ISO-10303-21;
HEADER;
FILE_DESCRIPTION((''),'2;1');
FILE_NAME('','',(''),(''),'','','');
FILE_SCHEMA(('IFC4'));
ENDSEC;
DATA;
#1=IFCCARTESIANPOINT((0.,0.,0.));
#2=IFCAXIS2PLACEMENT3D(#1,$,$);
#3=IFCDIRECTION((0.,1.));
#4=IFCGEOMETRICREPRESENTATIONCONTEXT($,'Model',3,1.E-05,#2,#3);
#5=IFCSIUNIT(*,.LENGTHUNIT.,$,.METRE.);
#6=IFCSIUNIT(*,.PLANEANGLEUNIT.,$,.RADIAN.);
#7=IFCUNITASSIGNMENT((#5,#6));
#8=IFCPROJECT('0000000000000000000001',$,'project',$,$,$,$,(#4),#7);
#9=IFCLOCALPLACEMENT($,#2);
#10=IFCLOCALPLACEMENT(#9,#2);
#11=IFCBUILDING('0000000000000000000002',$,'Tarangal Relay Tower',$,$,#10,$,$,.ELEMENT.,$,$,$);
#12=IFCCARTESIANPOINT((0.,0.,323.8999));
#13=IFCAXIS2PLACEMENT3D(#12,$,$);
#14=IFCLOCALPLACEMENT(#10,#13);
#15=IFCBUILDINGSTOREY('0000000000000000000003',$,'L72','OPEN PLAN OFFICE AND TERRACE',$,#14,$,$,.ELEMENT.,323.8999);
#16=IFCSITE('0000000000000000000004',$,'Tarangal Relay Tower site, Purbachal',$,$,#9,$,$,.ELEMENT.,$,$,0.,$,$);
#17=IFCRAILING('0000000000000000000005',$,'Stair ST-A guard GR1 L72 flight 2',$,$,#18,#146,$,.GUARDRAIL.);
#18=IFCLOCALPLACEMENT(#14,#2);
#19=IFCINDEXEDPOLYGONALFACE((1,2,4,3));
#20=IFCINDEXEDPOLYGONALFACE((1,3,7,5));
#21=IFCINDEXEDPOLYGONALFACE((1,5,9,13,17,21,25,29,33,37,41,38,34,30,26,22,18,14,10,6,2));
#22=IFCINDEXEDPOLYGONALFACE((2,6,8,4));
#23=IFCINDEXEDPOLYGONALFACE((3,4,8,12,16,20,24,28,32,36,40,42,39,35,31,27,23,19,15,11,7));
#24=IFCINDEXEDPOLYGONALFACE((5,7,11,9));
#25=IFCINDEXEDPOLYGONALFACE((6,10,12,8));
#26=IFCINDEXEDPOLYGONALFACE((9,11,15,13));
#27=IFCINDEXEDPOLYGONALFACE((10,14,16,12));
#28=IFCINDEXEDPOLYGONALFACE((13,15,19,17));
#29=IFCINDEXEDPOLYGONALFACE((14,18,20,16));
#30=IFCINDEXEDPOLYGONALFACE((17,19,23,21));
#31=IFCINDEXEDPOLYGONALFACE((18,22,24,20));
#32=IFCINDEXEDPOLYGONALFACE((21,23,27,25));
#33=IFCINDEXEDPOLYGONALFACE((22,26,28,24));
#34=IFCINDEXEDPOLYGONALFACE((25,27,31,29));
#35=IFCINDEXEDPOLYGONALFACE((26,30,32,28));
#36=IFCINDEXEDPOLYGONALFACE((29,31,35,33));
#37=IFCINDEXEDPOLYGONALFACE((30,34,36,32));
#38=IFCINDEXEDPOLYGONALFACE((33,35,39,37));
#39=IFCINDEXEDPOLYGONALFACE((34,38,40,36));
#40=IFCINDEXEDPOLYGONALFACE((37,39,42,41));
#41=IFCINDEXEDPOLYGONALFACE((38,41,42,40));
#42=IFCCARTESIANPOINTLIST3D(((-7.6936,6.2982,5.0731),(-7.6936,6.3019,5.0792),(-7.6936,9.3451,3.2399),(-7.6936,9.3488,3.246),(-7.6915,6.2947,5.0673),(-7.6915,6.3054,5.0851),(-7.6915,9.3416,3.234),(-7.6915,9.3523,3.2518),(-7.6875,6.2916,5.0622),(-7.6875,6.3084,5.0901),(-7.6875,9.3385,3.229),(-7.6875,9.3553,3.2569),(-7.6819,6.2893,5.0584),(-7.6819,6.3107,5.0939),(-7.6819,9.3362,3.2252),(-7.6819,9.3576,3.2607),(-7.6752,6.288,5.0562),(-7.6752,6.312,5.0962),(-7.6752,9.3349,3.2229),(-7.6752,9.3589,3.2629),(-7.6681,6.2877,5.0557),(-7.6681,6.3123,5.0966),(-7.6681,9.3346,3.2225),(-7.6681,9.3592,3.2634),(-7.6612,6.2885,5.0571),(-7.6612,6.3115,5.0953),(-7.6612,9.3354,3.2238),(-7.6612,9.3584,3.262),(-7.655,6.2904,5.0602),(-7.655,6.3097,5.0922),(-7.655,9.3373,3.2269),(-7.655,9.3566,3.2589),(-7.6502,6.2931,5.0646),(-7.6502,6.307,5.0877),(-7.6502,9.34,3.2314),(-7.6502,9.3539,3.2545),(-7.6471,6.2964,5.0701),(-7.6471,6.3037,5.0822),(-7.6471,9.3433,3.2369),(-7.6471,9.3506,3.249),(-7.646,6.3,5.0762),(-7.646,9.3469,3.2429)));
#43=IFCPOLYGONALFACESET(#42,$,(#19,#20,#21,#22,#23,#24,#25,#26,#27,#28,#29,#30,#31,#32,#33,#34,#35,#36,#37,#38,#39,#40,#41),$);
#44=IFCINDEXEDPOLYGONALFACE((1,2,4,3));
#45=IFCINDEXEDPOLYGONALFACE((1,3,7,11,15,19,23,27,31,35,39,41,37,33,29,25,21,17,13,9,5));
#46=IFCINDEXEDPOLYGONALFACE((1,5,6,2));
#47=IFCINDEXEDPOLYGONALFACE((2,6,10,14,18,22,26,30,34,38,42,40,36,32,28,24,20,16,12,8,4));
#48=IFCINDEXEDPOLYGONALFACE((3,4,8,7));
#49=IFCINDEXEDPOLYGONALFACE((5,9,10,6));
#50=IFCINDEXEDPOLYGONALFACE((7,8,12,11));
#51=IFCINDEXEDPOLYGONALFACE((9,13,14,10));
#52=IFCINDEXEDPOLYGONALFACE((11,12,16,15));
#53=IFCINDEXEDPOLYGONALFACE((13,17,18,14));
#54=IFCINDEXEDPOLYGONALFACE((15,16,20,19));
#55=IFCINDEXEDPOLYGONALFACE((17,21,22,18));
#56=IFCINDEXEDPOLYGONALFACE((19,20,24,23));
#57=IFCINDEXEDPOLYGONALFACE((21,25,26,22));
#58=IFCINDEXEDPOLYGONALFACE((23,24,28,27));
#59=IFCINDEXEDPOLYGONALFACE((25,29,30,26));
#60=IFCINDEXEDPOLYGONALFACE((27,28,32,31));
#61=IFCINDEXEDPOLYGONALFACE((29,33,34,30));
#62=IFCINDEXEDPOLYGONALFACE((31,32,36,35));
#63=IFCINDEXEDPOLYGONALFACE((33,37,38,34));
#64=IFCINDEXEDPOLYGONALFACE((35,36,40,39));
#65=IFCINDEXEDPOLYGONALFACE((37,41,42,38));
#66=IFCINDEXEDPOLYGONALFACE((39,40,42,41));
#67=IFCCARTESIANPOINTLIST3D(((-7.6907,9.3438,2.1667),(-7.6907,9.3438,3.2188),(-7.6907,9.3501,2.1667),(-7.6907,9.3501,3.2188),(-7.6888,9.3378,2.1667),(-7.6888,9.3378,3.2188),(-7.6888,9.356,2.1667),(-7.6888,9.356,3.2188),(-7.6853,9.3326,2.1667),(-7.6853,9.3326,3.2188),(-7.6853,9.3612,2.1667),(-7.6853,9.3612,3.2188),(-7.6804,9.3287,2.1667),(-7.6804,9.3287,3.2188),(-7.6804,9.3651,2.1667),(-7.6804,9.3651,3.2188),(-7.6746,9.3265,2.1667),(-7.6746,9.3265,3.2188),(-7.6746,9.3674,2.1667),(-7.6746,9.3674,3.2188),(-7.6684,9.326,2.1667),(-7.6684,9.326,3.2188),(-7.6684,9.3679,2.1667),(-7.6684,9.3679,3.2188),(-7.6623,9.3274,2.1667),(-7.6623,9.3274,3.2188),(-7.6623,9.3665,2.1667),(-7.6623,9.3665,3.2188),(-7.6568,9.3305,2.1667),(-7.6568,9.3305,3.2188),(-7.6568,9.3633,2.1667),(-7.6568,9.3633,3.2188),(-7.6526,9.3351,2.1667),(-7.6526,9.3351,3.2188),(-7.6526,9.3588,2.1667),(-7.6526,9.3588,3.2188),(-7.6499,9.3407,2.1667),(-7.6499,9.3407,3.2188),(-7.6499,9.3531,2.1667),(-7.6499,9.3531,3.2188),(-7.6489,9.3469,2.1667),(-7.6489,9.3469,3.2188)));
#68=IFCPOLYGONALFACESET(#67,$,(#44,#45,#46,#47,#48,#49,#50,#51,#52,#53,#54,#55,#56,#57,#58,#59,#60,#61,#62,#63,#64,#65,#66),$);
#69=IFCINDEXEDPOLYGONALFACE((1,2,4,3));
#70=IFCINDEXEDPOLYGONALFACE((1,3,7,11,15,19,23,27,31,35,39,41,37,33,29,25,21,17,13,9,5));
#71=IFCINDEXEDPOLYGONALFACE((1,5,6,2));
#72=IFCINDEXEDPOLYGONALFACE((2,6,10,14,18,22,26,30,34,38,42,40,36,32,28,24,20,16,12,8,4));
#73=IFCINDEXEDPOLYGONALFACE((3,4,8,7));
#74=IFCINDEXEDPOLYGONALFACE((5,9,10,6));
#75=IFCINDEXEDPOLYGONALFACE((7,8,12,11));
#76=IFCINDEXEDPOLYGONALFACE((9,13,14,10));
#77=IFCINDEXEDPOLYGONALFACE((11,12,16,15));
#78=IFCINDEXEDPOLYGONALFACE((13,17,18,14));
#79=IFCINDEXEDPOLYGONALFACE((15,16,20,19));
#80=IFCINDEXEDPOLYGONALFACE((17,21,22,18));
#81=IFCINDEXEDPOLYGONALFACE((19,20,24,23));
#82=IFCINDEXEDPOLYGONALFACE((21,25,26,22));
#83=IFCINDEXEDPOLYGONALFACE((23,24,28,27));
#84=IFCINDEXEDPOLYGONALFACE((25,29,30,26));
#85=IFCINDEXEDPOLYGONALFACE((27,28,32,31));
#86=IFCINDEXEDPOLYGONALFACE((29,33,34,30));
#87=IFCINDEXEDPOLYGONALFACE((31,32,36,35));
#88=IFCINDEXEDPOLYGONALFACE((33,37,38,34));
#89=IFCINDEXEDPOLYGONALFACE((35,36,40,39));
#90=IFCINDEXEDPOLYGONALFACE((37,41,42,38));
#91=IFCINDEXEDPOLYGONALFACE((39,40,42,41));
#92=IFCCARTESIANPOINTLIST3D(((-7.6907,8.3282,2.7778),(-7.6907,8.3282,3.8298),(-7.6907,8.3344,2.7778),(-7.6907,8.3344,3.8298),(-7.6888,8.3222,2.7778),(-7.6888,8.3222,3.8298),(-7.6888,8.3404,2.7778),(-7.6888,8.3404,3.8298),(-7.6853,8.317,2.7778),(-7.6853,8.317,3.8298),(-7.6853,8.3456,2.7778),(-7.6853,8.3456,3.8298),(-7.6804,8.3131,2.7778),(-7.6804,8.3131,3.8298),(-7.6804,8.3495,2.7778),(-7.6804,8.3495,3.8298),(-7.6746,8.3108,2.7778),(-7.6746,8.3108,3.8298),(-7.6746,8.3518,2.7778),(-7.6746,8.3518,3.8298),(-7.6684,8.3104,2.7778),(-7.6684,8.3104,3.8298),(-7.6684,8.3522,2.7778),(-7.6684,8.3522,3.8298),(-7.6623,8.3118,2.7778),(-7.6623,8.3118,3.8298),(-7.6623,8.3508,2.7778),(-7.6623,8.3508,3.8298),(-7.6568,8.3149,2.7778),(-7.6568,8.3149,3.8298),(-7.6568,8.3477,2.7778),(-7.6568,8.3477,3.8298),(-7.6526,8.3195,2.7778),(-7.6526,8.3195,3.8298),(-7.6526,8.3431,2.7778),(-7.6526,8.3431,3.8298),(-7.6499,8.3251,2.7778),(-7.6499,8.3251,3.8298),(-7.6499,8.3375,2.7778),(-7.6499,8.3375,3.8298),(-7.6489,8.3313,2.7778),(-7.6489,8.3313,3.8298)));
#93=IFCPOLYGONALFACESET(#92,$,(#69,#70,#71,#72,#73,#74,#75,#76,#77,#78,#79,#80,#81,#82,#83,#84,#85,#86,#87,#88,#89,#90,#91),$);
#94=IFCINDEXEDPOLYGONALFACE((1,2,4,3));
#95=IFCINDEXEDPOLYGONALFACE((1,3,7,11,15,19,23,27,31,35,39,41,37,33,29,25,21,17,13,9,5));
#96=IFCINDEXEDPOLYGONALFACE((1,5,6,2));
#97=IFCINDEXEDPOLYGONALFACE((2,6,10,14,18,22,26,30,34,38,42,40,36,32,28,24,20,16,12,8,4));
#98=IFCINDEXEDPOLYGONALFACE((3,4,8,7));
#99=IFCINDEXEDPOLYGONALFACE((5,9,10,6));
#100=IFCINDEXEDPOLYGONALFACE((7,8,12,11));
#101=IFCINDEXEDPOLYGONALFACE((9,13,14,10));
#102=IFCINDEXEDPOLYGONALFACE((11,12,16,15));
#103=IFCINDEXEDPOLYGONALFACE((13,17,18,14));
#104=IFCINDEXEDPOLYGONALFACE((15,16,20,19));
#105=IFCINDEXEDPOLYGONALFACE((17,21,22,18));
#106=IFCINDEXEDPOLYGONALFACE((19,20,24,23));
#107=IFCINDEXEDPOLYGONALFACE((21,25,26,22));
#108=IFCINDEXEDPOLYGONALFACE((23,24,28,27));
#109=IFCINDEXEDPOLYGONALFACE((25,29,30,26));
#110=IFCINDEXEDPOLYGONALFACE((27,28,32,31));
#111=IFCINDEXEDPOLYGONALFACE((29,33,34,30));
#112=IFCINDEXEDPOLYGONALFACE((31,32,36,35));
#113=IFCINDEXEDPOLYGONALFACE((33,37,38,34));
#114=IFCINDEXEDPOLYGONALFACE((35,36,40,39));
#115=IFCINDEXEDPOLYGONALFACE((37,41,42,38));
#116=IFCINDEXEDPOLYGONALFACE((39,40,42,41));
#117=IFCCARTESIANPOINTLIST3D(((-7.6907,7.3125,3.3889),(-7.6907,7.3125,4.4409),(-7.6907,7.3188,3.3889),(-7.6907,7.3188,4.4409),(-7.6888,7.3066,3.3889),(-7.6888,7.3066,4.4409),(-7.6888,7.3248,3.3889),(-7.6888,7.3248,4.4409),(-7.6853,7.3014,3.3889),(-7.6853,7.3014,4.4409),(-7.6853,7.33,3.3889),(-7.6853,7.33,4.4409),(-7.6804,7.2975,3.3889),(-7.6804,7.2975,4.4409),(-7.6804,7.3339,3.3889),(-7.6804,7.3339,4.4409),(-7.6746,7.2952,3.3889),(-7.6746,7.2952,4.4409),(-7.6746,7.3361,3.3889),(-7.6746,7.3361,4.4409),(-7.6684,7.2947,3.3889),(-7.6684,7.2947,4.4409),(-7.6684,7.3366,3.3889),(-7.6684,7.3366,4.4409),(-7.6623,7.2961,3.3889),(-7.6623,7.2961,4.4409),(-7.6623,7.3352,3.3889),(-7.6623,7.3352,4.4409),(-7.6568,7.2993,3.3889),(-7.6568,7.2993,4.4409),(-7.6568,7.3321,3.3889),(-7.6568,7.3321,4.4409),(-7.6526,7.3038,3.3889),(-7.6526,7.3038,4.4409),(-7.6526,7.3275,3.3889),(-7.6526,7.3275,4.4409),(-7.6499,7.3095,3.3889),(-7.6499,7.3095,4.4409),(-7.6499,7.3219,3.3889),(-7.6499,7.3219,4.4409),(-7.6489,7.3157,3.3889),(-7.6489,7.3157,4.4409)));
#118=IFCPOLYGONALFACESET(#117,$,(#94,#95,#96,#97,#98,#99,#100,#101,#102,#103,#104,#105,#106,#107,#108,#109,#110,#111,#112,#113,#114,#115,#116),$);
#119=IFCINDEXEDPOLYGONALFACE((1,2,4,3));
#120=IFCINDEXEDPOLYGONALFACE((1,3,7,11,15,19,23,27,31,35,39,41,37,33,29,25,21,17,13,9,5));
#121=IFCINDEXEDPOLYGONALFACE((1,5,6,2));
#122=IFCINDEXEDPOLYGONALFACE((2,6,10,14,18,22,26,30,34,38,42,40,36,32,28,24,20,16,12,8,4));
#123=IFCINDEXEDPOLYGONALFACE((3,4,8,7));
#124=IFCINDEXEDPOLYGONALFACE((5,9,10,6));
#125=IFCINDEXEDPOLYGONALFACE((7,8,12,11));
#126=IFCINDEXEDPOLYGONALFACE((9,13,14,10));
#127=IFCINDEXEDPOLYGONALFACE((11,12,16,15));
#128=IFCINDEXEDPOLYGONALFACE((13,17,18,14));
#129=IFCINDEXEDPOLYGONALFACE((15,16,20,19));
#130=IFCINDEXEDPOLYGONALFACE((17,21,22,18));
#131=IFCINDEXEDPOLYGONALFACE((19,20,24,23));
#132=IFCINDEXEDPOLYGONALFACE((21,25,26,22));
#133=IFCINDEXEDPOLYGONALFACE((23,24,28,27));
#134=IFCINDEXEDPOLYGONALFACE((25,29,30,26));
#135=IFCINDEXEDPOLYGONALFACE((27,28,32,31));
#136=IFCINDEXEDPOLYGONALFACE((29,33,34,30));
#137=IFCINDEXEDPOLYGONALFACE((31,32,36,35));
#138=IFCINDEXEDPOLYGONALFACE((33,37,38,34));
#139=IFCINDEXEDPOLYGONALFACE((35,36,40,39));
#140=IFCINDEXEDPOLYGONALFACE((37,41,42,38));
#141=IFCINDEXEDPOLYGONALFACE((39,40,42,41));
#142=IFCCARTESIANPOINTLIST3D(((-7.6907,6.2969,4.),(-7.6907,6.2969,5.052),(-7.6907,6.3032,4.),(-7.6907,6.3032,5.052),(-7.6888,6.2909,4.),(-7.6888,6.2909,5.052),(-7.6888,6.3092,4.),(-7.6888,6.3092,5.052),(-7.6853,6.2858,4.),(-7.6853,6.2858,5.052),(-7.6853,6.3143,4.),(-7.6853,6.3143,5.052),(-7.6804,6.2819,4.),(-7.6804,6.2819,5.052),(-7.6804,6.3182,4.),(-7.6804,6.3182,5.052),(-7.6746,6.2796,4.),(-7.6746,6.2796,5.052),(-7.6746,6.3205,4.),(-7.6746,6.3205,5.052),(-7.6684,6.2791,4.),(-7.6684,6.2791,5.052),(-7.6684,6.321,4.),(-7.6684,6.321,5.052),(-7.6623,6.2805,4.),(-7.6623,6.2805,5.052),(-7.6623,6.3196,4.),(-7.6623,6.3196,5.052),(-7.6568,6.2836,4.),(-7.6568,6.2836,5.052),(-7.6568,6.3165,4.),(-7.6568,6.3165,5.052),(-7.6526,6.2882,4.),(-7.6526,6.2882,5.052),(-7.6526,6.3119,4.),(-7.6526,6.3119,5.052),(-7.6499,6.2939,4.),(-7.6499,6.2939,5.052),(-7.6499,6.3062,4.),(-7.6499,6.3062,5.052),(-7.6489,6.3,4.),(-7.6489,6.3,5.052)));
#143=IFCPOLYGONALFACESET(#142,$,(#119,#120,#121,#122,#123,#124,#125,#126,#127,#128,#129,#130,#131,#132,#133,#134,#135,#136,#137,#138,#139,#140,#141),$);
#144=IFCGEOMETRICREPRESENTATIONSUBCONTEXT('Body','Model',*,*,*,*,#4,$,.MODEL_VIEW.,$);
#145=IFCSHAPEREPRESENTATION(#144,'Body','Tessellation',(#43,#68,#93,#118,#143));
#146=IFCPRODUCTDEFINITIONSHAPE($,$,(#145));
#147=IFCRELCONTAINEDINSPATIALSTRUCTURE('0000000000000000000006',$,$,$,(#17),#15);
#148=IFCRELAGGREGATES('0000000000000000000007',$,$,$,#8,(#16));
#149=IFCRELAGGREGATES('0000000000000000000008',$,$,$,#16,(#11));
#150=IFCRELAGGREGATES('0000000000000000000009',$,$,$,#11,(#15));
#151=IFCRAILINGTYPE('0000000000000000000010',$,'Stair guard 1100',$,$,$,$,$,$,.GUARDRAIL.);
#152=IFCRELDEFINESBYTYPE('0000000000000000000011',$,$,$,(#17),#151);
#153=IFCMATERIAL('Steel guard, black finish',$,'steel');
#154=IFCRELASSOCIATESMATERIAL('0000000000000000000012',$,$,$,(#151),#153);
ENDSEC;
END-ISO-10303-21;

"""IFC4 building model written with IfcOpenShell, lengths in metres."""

from ifc_helpers import new_model, si_unit, direction, frame, origin, origin_2d, place, context, subcontext, project, spatial, circle, extrude, material, type_object, element, save


model = new_model("IFC4")

# Units and contexts
model_context = context("Model", 3, precision=1e-05, world=origin(), true_north=direction((0.0, 1.0)))
body_context = subcontext(model_context, "Body", "Model", "MODEL_VIEW")
ifc_project = project(units=[si_unit("LENGTHUNIT", "METRE"), si_unit("PLANEANGLEUNIT", "RADIAN")], contexts=[model_context])

# Site, building, storey
site_placement = place(None, origin())
site = spatial("IfcSite", under=ifc_project, at=site_placement, Name="Tarangal Relay Tower site, Purbachal", CompositionType="ELEMENT", RefElevation=0.0)
building_placement = place(site_placement, origin())
building = spatial("IfcBuilding", under=site, at=building_placement, Name="Tarangal Relay Tower", CompositionType="ELEMENT")
storey_placement = place(building_placement, frame((0.0, 0.0, 323.8999)))
storey = spatial("IfcBuildingStorey", under=building, at=storey_placement, Name="L72", Description="OPEN PLAN OFFICE AND TERRACE", CompositionType="ELEMENT", Elevation=323.8999)

# Railing
ifc_material_1 = material(Name="Steel guard, black finish", Category="steel")
railing_type_1 = type_object("IfcRailingType", Name="Stair guard 1100", PredefinedType="GUARDRAIL", material=ifc_material_1)
railing_1_placement = place(storey_placement, frame((-7.6699, 9.3469, 2.1667)))
element("IfcRailing", 1, at=railing_1_placement, inside=storey, type_object=railing_type_1, Name="Stair ST-A guard GR1 L72 flight 2", PredefinedType="GUARDRAIL", context=body_context, shape_type="SweptSolid", body=[
    extrude(circle(Radius=0.0239, at=origin_2d()), frame((0.0, 0.0, 1.0762), z_axis=(0.0, -0.856856, 0.515556), x_axis=(1.0, 0.0, 0.0)), (0.0, 0.0, 1.0), 3.5559),
    extrude(circle(Radius=0.021, at=origin_2d()), origin(), (0.0, 0.0, 1.0), 1.052),
    extrude(circle(Radius=0.021, at=origin_2d()), frame((0.0, -1.0156, 0.6111)), (0.0, 0.0, 1.0), 1.052),
    extrude(circle(Radius=0.021, at=origin_2d()), frame((0.0, -2.0312, 1.2222)), (0.0, 0.0, 1.0), 1.052),
    extrude(circle(Radius=0.021, at=origin_2d()), frame((0.0, -3.0469, 1.8333)), (0.0, 0.0, 1.0), 1.052),
])

save(model, "model.ifc")
